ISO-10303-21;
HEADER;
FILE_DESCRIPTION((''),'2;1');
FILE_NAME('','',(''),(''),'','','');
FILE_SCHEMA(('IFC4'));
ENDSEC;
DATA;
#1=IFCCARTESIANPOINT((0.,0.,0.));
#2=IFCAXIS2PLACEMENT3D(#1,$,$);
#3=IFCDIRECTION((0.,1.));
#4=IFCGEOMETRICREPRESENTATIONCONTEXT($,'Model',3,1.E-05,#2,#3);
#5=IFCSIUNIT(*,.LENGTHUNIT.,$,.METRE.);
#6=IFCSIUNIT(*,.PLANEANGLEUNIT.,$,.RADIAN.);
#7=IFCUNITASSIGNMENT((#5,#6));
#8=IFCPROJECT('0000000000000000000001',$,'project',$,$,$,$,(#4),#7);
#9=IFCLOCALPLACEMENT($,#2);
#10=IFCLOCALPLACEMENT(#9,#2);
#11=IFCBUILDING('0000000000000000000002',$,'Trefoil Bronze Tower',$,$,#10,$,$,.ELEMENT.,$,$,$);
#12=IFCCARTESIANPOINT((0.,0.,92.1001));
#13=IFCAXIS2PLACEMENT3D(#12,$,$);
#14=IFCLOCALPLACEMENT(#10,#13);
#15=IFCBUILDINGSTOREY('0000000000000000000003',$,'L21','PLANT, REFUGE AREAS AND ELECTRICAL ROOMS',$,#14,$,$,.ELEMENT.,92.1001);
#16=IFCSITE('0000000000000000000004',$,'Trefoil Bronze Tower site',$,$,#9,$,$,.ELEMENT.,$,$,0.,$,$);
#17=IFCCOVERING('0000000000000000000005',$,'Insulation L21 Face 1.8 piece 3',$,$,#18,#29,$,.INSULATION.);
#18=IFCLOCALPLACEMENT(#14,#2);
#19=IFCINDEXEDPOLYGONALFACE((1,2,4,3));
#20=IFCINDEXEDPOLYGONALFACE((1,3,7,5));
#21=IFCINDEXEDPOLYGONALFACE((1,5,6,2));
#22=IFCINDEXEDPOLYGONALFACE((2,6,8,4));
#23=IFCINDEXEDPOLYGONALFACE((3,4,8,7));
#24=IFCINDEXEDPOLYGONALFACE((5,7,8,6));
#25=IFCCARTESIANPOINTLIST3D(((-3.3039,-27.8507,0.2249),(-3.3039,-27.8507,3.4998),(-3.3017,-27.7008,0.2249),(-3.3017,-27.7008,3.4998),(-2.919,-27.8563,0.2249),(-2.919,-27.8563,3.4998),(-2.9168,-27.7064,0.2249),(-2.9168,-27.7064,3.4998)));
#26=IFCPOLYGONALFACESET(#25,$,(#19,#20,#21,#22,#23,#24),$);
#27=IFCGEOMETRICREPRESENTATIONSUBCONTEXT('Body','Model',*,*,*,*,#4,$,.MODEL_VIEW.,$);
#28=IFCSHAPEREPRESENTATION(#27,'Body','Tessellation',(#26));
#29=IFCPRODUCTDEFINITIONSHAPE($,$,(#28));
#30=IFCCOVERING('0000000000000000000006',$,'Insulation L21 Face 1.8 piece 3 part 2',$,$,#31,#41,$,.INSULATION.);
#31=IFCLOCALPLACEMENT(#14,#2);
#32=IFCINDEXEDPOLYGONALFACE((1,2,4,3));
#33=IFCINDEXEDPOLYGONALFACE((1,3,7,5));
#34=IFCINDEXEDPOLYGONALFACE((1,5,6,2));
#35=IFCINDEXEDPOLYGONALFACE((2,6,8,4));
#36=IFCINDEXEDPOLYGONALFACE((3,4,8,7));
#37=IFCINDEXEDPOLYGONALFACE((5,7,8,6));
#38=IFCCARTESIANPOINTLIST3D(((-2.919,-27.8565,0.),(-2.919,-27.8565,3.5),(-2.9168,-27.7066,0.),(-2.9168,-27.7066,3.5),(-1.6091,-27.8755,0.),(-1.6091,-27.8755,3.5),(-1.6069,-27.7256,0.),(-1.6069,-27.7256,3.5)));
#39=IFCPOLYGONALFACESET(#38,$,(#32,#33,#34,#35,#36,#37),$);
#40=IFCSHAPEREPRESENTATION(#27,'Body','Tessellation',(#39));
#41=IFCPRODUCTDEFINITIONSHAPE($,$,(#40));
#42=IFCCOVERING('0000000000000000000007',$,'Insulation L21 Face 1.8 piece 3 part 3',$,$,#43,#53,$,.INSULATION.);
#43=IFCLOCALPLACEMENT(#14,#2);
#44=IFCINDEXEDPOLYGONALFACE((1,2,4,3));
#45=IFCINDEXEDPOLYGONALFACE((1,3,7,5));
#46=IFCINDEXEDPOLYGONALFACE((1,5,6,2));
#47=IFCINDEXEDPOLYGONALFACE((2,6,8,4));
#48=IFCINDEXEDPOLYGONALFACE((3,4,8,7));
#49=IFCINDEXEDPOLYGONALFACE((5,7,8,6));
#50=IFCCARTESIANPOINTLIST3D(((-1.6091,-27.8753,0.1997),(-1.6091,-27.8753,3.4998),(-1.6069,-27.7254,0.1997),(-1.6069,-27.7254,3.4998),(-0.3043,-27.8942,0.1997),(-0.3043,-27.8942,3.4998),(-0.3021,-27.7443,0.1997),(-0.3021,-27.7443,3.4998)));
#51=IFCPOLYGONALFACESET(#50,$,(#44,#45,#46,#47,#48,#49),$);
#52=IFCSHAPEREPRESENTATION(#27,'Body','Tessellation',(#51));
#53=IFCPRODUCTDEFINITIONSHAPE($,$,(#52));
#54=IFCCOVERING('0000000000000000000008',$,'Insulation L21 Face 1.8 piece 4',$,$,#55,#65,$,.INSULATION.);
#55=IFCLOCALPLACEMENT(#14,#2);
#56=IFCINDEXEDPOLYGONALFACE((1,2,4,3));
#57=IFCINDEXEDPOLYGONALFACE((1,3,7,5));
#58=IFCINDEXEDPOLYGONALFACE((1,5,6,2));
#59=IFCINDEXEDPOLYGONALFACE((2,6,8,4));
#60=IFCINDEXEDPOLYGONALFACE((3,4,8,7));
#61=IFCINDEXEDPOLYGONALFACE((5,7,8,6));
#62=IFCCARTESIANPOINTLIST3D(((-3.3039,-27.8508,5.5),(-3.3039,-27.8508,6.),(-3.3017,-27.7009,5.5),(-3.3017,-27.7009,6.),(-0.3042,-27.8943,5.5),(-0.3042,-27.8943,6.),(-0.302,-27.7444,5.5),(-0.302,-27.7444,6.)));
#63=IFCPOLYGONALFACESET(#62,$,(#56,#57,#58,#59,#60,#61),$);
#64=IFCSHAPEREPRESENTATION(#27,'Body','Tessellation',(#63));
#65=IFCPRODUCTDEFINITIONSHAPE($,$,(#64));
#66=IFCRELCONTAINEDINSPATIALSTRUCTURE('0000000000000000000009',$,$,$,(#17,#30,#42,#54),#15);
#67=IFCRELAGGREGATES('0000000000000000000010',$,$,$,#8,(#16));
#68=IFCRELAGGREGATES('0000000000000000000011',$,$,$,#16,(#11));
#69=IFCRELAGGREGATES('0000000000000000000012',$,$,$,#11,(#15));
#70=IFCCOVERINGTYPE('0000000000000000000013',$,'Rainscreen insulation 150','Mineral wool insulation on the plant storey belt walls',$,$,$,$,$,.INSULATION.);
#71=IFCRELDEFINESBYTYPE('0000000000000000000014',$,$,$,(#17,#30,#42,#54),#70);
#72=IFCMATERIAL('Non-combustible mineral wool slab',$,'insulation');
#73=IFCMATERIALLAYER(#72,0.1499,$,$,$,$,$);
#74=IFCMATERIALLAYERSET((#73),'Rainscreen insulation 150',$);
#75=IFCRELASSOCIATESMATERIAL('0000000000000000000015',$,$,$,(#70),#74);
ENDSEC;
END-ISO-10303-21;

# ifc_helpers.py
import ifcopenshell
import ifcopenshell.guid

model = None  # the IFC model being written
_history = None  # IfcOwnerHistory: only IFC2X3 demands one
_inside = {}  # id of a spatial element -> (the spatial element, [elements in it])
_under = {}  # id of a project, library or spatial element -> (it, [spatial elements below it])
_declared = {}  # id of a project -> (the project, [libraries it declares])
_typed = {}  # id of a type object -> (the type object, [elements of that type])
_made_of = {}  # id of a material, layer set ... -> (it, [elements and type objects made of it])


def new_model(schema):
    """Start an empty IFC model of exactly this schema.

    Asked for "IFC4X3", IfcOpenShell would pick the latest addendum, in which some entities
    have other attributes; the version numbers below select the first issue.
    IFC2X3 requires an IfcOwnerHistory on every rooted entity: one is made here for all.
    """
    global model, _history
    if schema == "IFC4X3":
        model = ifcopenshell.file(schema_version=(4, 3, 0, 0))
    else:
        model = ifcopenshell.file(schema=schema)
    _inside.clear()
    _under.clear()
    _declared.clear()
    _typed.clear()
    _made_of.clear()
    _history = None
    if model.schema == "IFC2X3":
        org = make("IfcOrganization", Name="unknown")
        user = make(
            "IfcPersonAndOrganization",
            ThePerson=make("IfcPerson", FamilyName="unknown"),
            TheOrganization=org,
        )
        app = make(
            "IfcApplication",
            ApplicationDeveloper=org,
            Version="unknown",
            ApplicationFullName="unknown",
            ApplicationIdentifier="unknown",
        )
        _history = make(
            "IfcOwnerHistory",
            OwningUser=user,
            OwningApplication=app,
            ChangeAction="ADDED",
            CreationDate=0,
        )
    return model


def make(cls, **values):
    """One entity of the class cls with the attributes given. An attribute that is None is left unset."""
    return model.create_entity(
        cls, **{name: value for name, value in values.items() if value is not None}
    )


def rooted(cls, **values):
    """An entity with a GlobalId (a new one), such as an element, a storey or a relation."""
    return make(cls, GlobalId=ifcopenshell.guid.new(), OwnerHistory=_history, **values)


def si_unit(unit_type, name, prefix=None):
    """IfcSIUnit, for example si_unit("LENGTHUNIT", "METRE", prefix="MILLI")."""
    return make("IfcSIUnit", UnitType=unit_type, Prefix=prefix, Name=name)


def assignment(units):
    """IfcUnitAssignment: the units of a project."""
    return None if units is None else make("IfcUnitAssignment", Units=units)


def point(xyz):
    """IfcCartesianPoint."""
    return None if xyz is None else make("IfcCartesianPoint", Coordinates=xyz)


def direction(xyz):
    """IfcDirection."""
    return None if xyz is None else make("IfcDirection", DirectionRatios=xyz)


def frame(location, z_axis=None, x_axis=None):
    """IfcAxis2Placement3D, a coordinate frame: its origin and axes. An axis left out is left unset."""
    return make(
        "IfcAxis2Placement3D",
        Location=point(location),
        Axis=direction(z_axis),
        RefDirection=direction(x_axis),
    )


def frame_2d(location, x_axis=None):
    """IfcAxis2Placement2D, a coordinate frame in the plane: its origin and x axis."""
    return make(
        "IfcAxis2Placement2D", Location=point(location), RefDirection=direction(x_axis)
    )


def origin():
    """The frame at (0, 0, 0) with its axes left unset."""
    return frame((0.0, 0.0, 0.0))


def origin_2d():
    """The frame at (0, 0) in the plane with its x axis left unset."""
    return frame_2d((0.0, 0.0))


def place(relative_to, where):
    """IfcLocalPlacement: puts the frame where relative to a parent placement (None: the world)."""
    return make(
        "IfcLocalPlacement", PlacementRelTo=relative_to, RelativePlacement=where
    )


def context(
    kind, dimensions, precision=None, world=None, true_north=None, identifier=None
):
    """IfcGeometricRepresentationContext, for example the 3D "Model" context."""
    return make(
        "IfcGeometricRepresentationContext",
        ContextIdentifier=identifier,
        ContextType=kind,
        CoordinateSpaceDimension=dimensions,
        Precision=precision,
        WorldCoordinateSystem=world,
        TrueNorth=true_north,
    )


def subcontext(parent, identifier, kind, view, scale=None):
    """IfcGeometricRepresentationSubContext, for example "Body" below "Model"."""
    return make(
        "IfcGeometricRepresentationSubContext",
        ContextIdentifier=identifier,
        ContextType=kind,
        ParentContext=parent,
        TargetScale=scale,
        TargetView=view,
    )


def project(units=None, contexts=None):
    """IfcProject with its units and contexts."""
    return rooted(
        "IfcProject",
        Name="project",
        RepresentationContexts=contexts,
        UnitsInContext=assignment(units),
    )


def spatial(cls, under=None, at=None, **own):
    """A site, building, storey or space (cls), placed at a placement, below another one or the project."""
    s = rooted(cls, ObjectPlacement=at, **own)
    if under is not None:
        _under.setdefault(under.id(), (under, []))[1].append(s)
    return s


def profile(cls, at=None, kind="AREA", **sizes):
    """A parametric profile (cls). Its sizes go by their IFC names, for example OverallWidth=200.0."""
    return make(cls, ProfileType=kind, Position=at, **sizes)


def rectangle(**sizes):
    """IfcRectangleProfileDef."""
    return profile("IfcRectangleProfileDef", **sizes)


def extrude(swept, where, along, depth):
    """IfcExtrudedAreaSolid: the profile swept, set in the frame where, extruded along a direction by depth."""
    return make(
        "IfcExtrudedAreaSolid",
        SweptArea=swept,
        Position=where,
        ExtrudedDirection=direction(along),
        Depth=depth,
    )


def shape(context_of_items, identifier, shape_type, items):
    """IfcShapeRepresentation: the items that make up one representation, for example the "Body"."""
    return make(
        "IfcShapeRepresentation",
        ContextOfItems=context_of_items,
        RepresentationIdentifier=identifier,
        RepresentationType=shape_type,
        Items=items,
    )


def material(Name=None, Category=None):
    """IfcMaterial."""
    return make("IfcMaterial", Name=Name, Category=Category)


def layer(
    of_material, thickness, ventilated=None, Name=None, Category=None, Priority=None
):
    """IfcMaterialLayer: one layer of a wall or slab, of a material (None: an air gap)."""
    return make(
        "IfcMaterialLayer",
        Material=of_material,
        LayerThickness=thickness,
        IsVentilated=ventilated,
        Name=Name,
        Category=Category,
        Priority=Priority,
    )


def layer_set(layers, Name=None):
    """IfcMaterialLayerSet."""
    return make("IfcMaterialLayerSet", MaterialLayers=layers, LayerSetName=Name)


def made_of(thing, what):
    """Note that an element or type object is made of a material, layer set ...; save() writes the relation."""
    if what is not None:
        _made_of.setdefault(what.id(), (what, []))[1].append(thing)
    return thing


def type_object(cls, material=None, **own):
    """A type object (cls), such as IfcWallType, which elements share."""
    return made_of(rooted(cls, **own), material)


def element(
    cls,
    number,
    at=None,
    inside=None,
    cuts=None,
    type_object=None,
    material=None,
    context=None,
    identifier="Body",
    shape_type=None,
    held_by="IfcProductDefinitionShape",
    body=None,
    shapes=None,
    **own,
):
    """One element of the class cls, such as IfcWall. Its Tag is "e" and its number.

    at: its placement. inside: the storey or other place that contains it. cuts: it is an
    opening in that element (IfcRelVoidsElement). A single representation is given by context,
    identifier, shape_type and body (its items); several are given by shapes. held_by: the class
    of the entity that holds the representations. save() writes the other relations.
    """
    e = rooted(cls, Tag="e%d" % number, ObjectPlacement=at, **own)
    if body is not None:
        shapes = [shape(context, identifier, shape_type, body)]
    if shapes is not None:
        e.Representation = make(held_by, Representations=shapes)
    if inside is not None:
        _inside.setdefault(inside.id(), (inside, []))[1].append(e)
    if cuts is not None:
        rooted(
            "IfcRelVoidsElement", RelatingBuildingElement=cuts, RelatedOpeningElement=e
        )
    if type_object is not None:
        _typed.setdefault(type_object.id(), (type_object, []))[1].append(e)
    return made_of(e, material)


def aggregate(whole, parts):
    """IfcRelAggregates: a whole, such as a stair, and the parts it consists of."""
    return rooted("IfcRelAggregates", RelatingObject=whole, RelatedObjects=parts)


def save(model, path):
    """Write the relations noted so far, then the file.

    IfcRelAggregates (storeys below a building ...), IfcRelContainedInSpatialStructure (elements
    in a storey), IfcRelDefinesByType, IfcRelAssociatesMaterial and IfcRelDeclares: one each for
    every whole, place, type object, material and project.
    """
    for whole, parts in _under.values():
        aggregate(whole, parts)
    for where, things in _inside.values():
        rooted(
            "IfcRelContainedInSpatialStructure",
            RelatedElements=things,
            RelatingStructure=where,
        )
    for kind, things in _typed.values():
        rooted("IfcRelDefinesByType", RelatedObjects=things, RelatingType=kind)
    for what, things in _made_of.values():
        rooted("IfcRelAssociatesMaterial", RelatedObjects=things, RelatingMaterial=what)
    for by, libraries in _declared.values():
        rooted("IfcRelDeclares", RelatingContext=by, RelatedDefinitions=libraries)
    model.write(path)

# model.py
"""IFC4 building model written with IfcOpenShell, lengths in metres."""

from ifc_helpers import new_model, si_unit, direction, frame, origin, origin_2d, place, context, subcontext, project, spatial, rectangle, extrude, material, layer, layer_set, type_object, element, save


model = new_model("IFC4")

# Units and contexts
model_context = context("Model", 3, precision=1e-05, world=origin(), true_north=direction((0.0, 1.0)))
body_context = subcontext(model_context, "Body", "Model", "MODEL_VIEW")
ifc_project = project(units=[si_unit("LENGTHUNIT", "METRE"), si_unit("PLANEANGLEUNIT", "RADIAN")], contexts=[model_context])

# Site, building, storey
site_placement = place(None, origin())
site = spatial("IfcSite", under=ifc_project, at=site_placement, Name="Trefoil Bronze Tower site", CompositionType="ELEMENT", RefElevation=0.0)
building_placement = place(site_placement, origin())
building = spatial("IfcBuilding", under=site, at=building_placement, Name="Trefoil Bronze Tower", CompositionType="ELEMENT")
storey_placement = place(building_placement, frame((0.0, 0.0, 92.1001)))
storey = spatial("IfcBuildingStorey", under=building, at=storey_placement, Name="L21", Description="PLANT, REFUGE AREAS AND ELECTRICAL ROOMS", CompositionType="ELEMENT", Elevation=92.1001)

# Coverings
ifc_material_1 = material(Name="Non-combustible mineral wool slab", Category="insulation")
ifc_layer_1 = layer(ifc_material_1, 0.1499)
ifc_layer_set_1 = layer_set([ifc_layer_1], Name="Rainscreen insulation 150")
covering_type_1 = type_object("IfcCoveringType", Name="Rainscreen insulation 150", Description="Mineral wool insulation on the plant storey belt walls", PredefinedType="INSULATION", material=ifc_layer_set_1)
covering_1_placement = place(storey_placement, frame((-3.1104, -27.7786, 0.2249), z_axis=(0.0, 0.0, 1.0), x_axis=(0.999895, -0.014509, 0.0)))
element("IfcCovering", 1, at=covering_1_placement, inside=storey, type_object=covering_type_1, Name="Insulation L21 Face 1.8 piece 3", PredefinedType="INSULATION", context=body_context, shape_type="SweptSolid", body=[
    extrude(rectangle(XDim=0.385, YDim=0.1499, at=origin_2d()), origin(), (0.0, 0.0, 1.0), 3.2749),
])
covering_2_placement = place(storey_placement, frame((-2.2629, -27.791, 0.0), z_axis=(0.0, 0.0, 1.0), x_axis=(0.999895, -0.014509, 0.0)))
element("IfcCovering", 2, at=covering_2_placement, inside=storey, type_object=covering_type_1, Name="Insulation L21 Face 1.8 piece 3 part 2", PredefinedType="INSULATION", context=body_context, shape_type="SweptSolid", body=[
    extrude(rectangle(XDim=1.3101, YDim=0.1499, at=origin_2d()), origin(), (0.0, 0.0, 1.0), 3.5),
])
covering_3_placement = place(storey_placement, frame((-0.9556, -27.8098, 0.1997), z_axis=(0.0, 0.0, 1.0), x_axis=(0.999895, -0.014509, 0.0)))
element("IfcCovering", 3, at=covering_3_placement, inside=storey, type_object=covering_type_1, Name="Insulation L21 Face 1.8 piece 3 part 3", PredefinedType="INSULATION", context=body_context, shape_type="SweptSolid", body=[
    extrude(rectangle(XDim=1.3049, YDim=0.1499, at=origin_2d()), origin(), (0.0, 0.0, 1.0), 3.3),
])
covering_4_placement = place(storey_placement, frame((-1.803, -27.7976, 5.5), z_axis=(0.0, 0.0, 1.0), x_axis=(0.999895, -0.014509, 0.0)))
element("IfcCovering", 4, at=covering_4_placement, inside=storey, type_object=covering_type_1, Name="Insulation L21 Face 1.8 piece 4", PredefinedType="INSULATION", context=body_context, shape_type="SweptSolid", body=[
    extrude(rectangle(XDim=3.0, YDim=0.1499, at=origin_2d()), origin(), (0.0, 0.0, 1.0), 0.5),
])

save(model, "model.ifc")
